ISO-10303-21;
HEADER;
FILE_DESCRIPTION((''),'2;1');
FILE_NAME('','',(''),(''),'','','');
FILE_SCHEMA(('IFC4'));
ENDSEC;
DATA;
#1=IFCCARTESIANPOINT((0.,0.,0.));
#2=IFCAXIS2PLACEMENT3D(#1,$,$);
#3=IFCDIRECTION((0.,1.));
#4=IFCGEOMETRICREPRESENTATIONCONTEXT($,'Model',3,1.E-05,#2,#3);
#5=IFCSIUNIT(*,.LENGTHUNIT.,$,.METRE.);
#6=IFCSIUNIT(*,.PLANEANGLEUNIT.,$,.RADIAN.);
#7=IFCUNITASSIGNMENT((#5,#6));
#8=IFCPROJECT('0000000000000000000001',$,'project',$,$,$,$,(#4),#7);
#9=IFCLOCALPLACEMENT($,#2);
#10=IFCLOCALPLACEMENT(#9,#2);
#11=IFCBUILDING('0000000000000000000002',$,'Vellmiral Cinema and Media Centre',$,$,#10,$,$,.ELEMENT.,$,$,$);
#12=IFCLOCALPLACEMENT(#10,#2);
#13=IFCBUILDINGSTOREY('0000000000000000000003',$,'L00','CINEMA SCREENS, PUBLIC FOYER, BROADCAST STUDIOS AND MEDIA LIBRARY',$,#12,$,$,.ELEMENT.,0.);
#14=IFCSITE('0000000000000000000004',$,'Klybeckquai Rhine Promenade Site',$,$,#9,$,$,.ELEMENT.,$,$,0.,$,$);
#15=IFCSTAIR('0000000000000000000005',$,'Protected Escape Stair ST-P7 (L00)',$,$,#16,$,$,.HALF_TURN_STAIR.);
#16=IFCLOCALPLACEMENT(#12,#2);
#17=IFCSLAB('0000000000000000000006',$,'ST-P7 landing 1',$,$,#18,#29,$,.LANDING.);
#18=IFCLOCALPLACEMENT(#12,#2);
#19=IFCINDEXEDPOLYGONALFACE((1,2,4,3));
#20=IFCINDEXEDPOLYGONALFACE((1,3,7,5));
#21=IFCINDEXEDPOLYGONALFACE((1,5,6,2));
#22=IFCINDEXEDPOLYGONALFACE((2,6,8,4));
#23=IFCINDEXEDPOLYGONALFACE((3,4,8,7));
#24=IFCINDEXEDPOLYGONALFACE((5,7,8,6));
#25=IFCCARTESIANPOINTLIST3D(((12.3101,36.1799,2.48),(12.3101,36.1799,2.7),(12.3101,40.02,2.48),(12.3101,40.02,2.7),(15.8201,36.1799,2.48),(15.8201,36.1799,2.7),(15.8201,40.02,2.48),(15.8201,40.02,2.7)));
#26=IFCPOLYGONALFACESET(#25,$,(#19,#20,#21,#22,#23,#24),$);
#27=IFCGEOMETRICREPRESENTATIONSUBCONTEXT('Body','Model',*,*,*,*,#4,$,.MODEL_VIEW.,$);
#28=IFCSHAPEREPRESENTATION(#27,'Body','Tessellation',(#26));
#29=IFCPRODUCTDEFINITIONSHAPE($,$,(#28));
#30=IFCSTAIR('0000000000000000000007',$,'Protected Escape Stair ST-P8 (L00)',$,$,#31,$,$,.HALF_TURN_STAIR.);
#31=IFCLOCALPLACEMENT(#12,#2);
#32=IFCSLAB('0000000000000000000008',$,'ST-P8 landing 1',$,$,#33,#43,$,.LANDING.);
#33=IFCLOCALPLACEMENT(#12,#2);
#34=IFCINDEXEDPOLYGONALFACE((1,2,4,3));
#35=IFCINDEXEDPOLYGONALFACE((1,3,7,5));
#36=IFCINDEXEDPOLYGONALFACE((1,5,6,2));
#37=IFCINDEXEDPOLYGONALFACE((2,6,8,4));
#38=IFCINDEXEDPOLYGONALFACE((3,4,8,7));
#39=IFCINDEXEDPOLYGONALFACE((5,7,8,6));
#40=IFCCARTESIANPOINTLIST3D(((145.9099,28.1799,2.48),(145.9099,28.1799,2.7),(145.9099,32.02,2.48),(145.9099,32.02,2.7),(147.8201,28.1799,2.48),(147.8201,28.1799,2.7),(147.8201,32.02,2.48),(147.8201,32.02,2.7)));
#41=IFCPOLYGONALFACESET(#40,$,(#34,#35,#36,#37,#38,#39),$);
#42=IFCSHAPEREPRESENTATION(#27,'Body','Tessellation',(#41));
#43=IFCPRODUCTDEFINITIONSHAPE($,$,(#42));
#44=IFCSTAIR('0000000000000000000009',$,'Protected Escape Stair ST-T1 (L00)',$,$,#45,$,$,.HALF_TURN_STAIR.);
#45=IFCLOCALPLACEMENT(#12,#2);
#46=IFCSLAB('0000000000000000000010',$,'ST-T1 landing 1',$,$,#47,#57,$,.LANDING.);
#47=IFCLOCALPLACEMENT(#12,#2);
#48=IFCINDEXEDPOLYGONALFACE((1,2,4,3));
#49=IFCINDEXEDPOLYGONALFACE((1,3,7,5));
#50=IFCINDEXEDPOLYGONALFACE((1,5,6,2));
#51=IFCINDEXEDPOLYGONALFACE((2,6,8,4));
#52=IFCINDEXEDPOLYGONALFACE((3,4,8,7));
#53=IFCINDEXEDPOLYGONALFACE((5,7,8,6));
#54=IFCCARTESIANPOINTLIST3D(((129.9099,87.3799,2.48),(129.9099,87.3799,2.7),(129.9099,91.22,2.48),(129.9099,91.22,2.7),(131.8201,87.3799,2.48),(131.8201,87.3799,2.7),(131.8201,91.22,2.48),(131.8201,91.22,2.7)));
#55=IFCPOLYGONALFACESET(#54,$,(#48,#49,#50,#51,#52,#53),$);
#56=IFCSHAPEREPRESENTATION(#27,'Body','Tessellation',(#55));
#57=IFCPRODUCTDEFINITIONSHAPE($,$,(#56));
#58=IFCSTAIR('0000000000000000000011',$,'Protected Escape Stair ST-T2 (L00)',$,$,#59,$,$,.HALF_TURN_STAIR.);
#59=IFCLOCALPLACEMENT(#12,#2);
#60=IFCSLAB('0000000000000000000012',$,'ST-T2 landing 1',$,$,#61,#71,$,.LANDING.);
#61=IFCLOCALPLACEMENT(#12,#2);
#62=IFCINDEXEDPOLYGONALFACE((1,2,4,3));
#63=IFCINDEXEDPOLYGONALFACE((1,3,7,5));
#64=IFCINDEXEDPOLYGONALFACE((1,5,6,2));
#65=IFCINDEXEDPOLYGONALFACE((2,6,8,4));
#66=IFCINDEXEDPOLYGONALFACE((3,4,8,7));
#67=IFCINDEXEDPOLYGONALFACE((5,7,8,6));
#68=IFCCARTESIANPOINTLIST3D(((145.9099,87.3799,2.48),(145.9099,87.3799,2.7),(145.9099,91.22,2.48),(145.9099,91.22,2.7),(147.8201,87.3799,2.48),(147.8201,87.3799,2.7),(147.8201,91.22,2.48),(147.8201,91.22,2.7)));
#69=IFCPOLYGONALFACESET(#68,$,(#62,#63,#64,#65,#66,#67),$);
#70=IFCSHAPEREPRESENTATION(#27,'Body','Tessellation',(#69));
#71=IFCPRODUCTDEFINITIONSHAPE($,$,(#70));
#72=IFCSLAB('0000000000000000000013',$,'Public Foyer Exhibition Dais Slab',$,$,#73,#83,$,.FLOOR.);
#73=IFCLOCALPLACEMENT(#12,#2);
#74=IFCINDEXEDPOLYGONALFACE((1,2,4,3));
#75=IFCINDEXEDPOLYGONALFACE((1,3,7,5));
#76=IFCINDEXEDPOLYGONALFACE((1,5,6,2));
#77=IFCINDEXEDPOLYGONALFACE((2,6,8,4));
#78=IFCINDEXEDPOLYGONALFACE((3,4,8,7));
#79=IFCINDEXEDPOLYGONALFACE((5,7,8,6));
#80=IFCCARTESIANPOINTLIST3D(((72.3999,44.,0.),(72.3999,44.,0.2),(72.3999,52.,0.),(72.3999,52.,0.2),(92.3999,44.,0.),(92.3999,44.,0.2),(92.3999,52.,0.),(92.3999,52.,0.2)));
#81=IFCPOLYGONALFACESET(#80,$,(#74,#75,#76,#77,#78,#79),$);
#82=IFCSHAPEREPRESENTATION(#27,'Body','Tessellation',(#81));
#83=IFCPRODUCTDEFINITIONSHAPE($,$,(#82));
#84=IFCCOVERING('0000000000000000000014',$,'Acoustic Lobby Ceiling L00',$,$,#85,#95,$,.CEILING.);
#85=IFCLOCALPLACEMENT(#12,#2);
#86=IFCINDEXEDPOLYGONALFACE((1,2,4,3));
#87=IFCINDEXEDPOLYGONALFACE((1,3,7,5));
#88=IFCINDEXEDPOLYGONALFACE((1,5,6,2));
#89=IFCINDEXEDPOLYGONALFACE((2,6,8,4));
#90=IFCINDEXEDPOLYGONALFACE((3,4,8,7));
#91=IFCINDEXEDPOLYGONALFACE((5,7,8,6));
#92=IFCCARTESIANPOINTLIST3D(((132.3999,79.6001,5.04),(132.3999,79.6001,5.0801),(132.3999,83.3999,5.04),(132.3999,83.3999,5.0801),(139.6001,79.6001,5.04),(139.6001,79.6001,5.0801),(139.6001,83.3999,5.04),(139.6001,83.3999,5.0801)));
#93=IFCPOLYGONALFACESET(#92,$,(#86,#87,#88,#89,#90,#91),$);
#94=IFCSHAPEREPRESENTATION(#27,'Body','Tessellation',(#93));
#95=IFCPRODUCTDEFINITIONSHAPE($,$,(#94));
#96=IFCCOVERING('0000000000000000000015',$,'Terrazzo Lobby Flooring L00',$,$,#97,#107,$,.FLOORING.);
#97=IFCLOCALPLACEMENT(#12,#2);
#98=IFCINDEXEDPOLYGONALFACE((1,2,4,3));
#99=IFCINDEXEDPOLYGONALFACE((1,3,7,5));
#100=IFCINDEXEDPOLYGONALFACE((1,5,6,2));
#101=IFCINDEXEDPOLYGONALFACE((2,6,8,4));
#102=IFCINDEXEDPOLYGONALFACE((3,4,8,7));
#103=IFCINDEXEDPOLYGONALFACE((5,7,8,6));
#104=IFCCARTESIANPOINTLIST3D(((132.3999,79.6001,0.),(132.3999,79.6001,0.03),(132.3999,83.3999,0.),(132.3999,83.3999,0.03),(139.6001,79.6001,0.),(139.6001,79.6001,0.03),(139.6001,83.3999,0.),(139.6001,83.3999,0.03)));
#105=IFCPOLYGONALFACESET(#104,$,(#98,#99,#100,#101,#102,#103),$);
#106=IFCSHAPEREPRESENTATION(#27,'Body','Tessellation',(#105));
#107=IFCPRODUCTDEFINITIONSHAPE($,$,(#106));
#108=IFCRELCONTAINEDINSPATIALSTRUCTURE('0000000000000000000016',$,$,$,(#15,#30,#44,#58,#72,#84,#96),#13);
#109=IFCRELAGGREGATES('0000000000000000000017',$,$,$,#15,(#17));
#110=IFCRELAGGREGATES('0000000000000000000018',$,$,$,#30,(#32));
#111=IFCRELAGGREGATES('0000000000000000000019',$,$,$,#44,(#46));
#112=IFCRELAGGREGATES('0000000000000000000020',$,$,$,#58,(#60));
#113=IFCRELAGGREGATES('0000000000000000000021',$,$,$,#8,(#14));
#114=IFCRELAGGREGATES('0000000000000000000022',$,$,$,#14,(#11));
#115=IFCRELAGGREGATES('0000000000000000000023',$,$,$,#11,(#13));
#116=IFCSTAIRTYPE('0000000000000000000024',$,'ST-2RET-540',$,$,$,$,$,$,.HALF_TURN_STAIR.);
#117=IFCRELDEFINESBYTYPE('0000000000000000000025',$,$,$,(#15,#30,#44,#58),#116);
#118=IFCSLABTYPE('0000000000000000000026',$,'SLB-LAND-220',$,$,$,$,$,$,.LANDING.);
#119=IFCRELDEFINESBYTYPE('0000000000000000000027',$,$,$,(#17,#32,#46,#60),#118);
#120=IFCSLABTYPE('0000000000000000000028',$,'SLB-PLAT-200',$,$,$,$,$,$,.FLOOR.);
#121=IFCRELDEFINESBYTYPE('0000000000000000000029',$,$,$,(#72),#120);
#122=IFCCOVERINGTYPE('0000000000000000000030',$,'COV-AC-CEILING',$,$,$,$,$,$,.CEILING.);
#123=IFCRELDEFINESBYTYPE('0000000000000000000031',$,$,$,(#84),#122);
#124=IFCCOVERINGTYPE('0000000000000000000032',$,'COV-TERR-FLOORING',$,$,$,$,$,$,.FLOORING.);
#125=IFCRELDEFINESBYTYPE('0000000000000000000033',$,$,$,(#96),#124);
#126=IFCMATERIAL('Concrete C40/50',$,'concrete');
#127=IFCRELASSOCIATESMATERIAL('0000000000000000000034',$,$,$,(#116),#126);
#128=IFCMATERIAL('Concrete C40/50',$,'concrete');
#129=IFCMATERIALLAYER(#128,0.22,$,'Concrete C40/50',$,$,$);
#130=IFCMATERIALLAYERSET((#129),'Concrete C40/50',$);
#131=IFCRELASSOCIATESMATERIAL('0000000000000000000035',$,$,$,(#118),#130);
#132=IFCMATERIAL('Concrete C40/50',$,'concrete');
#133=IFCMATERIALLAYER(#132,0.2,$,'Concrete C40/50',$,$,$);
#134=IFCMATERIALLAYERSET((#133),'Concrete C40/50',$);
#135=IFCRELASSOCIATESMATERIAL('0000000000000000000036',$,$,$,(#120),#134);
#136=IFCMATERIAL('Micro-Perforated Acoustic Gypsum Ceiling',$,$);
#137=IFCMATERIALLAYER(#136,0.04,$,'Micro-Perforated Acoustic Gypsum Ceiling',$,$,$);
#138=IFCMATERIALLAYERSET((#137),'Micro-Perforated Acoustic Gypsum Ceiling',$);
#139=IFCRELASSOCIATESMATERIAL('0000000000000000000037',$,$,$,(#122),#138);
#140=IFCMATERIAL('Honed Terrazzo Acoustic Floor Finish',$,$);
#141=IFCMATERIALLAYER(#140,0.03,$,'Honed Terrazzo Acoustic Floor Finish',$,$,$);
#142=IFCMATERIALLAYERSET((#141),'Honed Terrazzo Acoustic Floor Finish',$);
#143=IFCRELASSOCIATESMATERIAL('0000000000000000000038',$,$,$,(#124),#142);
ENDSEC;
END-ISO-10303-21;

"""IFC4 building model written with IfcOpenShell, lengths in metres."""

from ifc_helpers import new_model, si_unit, direction, frame, origin, place, context, subcontext, project, spatial, polyline, outline, extrude, material, layer, layer_set, type_object, element, aggregate, save


model = new_model("IFC4")

# Units and contexts
model_context = context("Model", 3, precision=1e-05, world=origin(), true_north=direction((0.0, 1.0)))
body_context = subcontext(model_context, "Body", "Model", "MODEL_VIEW")
ifc_project = project(units=[si_unit("LENGTHUNIT", "METRE"), si_unit("PLANEANGLEUNIT", "RADIAN")], contexts=[model_context])

# Site, building, storey
site_placement = place(None, origin())
site = spatial("IfcSite", under=ifc_project, at=site_placement, Name="Klybeckquai Rhine Promenade Site", CompositionType="ELEMENT", RefElevation=0.0)
building_placement = place(site_placement, origin())
building = spatial("IfcBuilding", under=site, at=building_placement, Name="Vellmiral Cinema and Media Centre", CompositionType="ELEMENT")
storey_placement = place(building_placement, origin())
storey = spatial("IfcBuildingStorey", under=building, at=storey_placement, Name="L00", Description="CINEMA SCREENS, PUBLIC FOYER, BROADCAST STUDIOS AND MEDIA LIBRARY", CompositionType="ELEMENT", Elevation=0.0)

# Stairs, slabs
ifc_material_1 = material(Name="Concrete C40/50", Category="concrete")
stair_type = type_object("IfcStairType", Name="ST-2RET-540", PredefinedType="HALF_TURN_STAIR", material=ifc_material_1)
stair_1_placement = place(storey_placement, origin())
stair_1 = element("IfcStair", 1, at=stair_1_placement, inside=storey, type_object=stair_type, Name="Protected Escape Stair ST-P7 (L00)", PredefinedType="HALF_TURN_STAIR")
ifc_material_2 = material(Name="Concrete C40/50", Category="concrete")
ifc_layer_1 = layer(ifc_material_2, 0.22, Name="Concrete C40/50")
ifc_layer_set_1 = layer_set([ifc_layer_1], Name="Concrete C40/50")
slab_type_1 = type_object("IfcSlabType", Name="SLB-LAND-220", PredefinedType="LANDING", material=ifc_layer_set_1)
slab_1_placement = place(storey_placement, frame((0.0, 0.0, 2.48)))
slab_1 = element("IfcSlab", 2, at=slab_1_placement, type_object=slab_type_1, Name="ST-P7 landing 1", PredefinedType="LANDING", context=body_context, shape_type="SweptSolid", body=[
    extrude(outline(polyline([(12.3101, 36.1799), (15.8201, 36.1799), (15.8201, 40.02), (12.3101, 40.02), (12.3101, 36.1799)])), origin(), (0.0, 0.0, 1.0), 0.22),
])
aggregate(stair_1, [slab_1])
stair_2_placement = place(storey_placement, origin())
stair_2 = element("IfcStair", 3, at=stair_2_placement, inside=storey, type_object=stair_type, Name="Protected Escape Stair ST-P8 (L00)", PredefinedType="HALF_TURN_STAIR")
slab_2_placement = place(storey_placement, frame((0.0, 0.0, 2.48)))
slab_2 = element("IfcSlab", 4, at=slab_2_placement, type_object=slab_type_1, Name="ST-P8 landing 1", PredefinedType="LANDING", context=body_context, shape_type="SweptSolid", body=[
    extrude(outline(polyline([(145.9099, 28.1799), (147.8201, 28.1799), (147.8201, 32.02), (145.9099, 32.02), (145.9099, 28.1799)])), origin(), (0.0, 0.0, 1.0), 0.22),
])
aggregate(stair_2, [slab_2])
stair_3_placement = place(storey_placement, origin())
stair_3 = element("IfcStair", 5, at=stair_3_placement, inside=storey, type_object=stair_type, Name="Protected Escape Stair ST-T1 (L00)", PredefinedType="HALF_TURN_STAIR")
slab_3_placement = place(storey_placement, frame((0.0, 0.0, 2.48)))
slab_3 = element("IfcSlab", 6, at=slab_3_placement, type_object=slab_type_1, Name="ST-T1 landing 1", PredefinedType="LANDING", context=body_context, shape_type="SweptSolid", body=[
    extrude(outline(polyline([(129.9099, 87.3799), (131.8201, 87.3799), (131.8201, 91.22), (129.9099, 91.22), (129.9099, 87.3799)])), origin(), (0.0, 0.0, 1.0), 0.22),
])
aggregate(stair_3, [slab_3])
stair_4_placement = place(storey_placement, origin())
stair_4 = element("IfcStair", 7, at=stair_4_placement, inside=storey, type_object=stair_type, Name="Protected Escape Stair ST-T2 (L00)", PredefinedType="HALF_TURN_STAIR")
slab_4_placement = place(storey_placement, frame((0.0, 0.0, 2.48)))
slab_4 = element("IfcSlab", 8, at=slab_4_placement, type_object=slab_type_1, Name="ST-T2 landing 1", PredefinedType="LANDING", context=body_context, shape_type="SweptSolid", body=[
    extrude(outline(polyline([(145.9099, 87.3799), (147.8201, 87.3799), (147.8201, 91.22), (145.9099, 91.22), (145.9099, 87.3799)])), origin(), (0.0, 0.0, 1.0), 0.22),
])
aggregate(stair_4, [slab_4])

# Slab
ifc_material_3 = material(Name="Concrete C40/50", Category="concrete")
ifc_layer_2 = layer(ifc_material_3, 0.2, Name="Concrete C40/50")
ifc_layer_set_2 = layer_set([ifc_layer_2], Name="Concrete C40/50")
slab_type_2 = type_object("IfcSlabType", Name="SLB-PLAT-200", PredefinedType="FLOOR", material=ifc_layer_set_2)
slab_5_placement = place(storey_placement, origin())
element("IfcSlab", 9, at=slab_5_placement, inside=storey, type_object=slab_type_2, Name="Public Foyer Exhibition Dais Slab", PredefinedType="FLOOR", context=body_context, shape_type="SweptSolid", body=[
    extrude(outline(polyline([(72.3999, 44.0), (92.3999, 44.0), (92.3999, 52.0), (72.3999, 52.0), (72.3999, 44.0)])), origin(), (0.0, 0.0, 1.0), 0.2),
])

# Coverings
ifc_material_4 = material(Name="Micro-Perforated Acoustic Gypsum Ceiling")
ifc_layer_3 = layer(ifc_material_4, 0.04, Name="Micro-Perforated Acoustic Gypsum Ceiling")
ifc_layer_set_3 = layer_set([ifc_layer_3], Name="Micro-Perforated Acoustic Gypsum Ceiling")
covering_type_1 = type_object("IfcCoveringType", Name="COV-AC-CEILING", PredefinedType="CEILING", material=ifc_layer_set_3)
covering_1_placement = place(storey_placement, frame((0.0, 0.0, 5.04)))
element("IfcCovering", 10, at=covering_1_placement, inside=storey, type_object=covering_type_1, Name="Acoustic Lobby Ceiling L00", PredefinedType="CEILING", context=body_context, shape_type="SweptSolid", body=[
    extrude(outline(polyline([(132.3999, 79.6001), (139.6001, 79.6001), (139.6001, 83.3999), (132.3999, 83.3999), (132.3999, 79.6001)])), origin(), (0.0, 0.0, 1.0), 0.04),
])
ifc_material_5 = material(Name="Honed Terrazzo Acoustic Floor Finish")
ifc_layer_4 = layer(ifc_material_5, 0.03, Name="Honed Terrazzo Acoustic Floor Finish")
ifc_layer_set_4 = layer_set([ifc_layer_4], Name="Honed Terrazzo Acoustic Floor Finish")
covering_type_2 = type_object("IfcCoveringType", Name="COV-TERR-FLOORING", PredefinedType="FLOORING", material=ifc_layer_set_4)
covering_2_placement = place(storey_placement, origin())
element("IfcCovering", 11, at=covering_2_placement, inside=storey, type_object=covering_type_2, Name="Terrazzo Lobby Flooring L00", PredefinedType="FLOORING", context=body_context, shape_type="SweptSolid", body=[
    extrude(outline(polyline([(132.3999, 79.6001), (139.6001, 79.6001), (139.6001, 83.3999), (132.3999, 83.3999), (132.3999, 79.6001)])), origin(), (0.0, 0.0, 1.0), 0.03),
])

save(model, "model.ifc")
